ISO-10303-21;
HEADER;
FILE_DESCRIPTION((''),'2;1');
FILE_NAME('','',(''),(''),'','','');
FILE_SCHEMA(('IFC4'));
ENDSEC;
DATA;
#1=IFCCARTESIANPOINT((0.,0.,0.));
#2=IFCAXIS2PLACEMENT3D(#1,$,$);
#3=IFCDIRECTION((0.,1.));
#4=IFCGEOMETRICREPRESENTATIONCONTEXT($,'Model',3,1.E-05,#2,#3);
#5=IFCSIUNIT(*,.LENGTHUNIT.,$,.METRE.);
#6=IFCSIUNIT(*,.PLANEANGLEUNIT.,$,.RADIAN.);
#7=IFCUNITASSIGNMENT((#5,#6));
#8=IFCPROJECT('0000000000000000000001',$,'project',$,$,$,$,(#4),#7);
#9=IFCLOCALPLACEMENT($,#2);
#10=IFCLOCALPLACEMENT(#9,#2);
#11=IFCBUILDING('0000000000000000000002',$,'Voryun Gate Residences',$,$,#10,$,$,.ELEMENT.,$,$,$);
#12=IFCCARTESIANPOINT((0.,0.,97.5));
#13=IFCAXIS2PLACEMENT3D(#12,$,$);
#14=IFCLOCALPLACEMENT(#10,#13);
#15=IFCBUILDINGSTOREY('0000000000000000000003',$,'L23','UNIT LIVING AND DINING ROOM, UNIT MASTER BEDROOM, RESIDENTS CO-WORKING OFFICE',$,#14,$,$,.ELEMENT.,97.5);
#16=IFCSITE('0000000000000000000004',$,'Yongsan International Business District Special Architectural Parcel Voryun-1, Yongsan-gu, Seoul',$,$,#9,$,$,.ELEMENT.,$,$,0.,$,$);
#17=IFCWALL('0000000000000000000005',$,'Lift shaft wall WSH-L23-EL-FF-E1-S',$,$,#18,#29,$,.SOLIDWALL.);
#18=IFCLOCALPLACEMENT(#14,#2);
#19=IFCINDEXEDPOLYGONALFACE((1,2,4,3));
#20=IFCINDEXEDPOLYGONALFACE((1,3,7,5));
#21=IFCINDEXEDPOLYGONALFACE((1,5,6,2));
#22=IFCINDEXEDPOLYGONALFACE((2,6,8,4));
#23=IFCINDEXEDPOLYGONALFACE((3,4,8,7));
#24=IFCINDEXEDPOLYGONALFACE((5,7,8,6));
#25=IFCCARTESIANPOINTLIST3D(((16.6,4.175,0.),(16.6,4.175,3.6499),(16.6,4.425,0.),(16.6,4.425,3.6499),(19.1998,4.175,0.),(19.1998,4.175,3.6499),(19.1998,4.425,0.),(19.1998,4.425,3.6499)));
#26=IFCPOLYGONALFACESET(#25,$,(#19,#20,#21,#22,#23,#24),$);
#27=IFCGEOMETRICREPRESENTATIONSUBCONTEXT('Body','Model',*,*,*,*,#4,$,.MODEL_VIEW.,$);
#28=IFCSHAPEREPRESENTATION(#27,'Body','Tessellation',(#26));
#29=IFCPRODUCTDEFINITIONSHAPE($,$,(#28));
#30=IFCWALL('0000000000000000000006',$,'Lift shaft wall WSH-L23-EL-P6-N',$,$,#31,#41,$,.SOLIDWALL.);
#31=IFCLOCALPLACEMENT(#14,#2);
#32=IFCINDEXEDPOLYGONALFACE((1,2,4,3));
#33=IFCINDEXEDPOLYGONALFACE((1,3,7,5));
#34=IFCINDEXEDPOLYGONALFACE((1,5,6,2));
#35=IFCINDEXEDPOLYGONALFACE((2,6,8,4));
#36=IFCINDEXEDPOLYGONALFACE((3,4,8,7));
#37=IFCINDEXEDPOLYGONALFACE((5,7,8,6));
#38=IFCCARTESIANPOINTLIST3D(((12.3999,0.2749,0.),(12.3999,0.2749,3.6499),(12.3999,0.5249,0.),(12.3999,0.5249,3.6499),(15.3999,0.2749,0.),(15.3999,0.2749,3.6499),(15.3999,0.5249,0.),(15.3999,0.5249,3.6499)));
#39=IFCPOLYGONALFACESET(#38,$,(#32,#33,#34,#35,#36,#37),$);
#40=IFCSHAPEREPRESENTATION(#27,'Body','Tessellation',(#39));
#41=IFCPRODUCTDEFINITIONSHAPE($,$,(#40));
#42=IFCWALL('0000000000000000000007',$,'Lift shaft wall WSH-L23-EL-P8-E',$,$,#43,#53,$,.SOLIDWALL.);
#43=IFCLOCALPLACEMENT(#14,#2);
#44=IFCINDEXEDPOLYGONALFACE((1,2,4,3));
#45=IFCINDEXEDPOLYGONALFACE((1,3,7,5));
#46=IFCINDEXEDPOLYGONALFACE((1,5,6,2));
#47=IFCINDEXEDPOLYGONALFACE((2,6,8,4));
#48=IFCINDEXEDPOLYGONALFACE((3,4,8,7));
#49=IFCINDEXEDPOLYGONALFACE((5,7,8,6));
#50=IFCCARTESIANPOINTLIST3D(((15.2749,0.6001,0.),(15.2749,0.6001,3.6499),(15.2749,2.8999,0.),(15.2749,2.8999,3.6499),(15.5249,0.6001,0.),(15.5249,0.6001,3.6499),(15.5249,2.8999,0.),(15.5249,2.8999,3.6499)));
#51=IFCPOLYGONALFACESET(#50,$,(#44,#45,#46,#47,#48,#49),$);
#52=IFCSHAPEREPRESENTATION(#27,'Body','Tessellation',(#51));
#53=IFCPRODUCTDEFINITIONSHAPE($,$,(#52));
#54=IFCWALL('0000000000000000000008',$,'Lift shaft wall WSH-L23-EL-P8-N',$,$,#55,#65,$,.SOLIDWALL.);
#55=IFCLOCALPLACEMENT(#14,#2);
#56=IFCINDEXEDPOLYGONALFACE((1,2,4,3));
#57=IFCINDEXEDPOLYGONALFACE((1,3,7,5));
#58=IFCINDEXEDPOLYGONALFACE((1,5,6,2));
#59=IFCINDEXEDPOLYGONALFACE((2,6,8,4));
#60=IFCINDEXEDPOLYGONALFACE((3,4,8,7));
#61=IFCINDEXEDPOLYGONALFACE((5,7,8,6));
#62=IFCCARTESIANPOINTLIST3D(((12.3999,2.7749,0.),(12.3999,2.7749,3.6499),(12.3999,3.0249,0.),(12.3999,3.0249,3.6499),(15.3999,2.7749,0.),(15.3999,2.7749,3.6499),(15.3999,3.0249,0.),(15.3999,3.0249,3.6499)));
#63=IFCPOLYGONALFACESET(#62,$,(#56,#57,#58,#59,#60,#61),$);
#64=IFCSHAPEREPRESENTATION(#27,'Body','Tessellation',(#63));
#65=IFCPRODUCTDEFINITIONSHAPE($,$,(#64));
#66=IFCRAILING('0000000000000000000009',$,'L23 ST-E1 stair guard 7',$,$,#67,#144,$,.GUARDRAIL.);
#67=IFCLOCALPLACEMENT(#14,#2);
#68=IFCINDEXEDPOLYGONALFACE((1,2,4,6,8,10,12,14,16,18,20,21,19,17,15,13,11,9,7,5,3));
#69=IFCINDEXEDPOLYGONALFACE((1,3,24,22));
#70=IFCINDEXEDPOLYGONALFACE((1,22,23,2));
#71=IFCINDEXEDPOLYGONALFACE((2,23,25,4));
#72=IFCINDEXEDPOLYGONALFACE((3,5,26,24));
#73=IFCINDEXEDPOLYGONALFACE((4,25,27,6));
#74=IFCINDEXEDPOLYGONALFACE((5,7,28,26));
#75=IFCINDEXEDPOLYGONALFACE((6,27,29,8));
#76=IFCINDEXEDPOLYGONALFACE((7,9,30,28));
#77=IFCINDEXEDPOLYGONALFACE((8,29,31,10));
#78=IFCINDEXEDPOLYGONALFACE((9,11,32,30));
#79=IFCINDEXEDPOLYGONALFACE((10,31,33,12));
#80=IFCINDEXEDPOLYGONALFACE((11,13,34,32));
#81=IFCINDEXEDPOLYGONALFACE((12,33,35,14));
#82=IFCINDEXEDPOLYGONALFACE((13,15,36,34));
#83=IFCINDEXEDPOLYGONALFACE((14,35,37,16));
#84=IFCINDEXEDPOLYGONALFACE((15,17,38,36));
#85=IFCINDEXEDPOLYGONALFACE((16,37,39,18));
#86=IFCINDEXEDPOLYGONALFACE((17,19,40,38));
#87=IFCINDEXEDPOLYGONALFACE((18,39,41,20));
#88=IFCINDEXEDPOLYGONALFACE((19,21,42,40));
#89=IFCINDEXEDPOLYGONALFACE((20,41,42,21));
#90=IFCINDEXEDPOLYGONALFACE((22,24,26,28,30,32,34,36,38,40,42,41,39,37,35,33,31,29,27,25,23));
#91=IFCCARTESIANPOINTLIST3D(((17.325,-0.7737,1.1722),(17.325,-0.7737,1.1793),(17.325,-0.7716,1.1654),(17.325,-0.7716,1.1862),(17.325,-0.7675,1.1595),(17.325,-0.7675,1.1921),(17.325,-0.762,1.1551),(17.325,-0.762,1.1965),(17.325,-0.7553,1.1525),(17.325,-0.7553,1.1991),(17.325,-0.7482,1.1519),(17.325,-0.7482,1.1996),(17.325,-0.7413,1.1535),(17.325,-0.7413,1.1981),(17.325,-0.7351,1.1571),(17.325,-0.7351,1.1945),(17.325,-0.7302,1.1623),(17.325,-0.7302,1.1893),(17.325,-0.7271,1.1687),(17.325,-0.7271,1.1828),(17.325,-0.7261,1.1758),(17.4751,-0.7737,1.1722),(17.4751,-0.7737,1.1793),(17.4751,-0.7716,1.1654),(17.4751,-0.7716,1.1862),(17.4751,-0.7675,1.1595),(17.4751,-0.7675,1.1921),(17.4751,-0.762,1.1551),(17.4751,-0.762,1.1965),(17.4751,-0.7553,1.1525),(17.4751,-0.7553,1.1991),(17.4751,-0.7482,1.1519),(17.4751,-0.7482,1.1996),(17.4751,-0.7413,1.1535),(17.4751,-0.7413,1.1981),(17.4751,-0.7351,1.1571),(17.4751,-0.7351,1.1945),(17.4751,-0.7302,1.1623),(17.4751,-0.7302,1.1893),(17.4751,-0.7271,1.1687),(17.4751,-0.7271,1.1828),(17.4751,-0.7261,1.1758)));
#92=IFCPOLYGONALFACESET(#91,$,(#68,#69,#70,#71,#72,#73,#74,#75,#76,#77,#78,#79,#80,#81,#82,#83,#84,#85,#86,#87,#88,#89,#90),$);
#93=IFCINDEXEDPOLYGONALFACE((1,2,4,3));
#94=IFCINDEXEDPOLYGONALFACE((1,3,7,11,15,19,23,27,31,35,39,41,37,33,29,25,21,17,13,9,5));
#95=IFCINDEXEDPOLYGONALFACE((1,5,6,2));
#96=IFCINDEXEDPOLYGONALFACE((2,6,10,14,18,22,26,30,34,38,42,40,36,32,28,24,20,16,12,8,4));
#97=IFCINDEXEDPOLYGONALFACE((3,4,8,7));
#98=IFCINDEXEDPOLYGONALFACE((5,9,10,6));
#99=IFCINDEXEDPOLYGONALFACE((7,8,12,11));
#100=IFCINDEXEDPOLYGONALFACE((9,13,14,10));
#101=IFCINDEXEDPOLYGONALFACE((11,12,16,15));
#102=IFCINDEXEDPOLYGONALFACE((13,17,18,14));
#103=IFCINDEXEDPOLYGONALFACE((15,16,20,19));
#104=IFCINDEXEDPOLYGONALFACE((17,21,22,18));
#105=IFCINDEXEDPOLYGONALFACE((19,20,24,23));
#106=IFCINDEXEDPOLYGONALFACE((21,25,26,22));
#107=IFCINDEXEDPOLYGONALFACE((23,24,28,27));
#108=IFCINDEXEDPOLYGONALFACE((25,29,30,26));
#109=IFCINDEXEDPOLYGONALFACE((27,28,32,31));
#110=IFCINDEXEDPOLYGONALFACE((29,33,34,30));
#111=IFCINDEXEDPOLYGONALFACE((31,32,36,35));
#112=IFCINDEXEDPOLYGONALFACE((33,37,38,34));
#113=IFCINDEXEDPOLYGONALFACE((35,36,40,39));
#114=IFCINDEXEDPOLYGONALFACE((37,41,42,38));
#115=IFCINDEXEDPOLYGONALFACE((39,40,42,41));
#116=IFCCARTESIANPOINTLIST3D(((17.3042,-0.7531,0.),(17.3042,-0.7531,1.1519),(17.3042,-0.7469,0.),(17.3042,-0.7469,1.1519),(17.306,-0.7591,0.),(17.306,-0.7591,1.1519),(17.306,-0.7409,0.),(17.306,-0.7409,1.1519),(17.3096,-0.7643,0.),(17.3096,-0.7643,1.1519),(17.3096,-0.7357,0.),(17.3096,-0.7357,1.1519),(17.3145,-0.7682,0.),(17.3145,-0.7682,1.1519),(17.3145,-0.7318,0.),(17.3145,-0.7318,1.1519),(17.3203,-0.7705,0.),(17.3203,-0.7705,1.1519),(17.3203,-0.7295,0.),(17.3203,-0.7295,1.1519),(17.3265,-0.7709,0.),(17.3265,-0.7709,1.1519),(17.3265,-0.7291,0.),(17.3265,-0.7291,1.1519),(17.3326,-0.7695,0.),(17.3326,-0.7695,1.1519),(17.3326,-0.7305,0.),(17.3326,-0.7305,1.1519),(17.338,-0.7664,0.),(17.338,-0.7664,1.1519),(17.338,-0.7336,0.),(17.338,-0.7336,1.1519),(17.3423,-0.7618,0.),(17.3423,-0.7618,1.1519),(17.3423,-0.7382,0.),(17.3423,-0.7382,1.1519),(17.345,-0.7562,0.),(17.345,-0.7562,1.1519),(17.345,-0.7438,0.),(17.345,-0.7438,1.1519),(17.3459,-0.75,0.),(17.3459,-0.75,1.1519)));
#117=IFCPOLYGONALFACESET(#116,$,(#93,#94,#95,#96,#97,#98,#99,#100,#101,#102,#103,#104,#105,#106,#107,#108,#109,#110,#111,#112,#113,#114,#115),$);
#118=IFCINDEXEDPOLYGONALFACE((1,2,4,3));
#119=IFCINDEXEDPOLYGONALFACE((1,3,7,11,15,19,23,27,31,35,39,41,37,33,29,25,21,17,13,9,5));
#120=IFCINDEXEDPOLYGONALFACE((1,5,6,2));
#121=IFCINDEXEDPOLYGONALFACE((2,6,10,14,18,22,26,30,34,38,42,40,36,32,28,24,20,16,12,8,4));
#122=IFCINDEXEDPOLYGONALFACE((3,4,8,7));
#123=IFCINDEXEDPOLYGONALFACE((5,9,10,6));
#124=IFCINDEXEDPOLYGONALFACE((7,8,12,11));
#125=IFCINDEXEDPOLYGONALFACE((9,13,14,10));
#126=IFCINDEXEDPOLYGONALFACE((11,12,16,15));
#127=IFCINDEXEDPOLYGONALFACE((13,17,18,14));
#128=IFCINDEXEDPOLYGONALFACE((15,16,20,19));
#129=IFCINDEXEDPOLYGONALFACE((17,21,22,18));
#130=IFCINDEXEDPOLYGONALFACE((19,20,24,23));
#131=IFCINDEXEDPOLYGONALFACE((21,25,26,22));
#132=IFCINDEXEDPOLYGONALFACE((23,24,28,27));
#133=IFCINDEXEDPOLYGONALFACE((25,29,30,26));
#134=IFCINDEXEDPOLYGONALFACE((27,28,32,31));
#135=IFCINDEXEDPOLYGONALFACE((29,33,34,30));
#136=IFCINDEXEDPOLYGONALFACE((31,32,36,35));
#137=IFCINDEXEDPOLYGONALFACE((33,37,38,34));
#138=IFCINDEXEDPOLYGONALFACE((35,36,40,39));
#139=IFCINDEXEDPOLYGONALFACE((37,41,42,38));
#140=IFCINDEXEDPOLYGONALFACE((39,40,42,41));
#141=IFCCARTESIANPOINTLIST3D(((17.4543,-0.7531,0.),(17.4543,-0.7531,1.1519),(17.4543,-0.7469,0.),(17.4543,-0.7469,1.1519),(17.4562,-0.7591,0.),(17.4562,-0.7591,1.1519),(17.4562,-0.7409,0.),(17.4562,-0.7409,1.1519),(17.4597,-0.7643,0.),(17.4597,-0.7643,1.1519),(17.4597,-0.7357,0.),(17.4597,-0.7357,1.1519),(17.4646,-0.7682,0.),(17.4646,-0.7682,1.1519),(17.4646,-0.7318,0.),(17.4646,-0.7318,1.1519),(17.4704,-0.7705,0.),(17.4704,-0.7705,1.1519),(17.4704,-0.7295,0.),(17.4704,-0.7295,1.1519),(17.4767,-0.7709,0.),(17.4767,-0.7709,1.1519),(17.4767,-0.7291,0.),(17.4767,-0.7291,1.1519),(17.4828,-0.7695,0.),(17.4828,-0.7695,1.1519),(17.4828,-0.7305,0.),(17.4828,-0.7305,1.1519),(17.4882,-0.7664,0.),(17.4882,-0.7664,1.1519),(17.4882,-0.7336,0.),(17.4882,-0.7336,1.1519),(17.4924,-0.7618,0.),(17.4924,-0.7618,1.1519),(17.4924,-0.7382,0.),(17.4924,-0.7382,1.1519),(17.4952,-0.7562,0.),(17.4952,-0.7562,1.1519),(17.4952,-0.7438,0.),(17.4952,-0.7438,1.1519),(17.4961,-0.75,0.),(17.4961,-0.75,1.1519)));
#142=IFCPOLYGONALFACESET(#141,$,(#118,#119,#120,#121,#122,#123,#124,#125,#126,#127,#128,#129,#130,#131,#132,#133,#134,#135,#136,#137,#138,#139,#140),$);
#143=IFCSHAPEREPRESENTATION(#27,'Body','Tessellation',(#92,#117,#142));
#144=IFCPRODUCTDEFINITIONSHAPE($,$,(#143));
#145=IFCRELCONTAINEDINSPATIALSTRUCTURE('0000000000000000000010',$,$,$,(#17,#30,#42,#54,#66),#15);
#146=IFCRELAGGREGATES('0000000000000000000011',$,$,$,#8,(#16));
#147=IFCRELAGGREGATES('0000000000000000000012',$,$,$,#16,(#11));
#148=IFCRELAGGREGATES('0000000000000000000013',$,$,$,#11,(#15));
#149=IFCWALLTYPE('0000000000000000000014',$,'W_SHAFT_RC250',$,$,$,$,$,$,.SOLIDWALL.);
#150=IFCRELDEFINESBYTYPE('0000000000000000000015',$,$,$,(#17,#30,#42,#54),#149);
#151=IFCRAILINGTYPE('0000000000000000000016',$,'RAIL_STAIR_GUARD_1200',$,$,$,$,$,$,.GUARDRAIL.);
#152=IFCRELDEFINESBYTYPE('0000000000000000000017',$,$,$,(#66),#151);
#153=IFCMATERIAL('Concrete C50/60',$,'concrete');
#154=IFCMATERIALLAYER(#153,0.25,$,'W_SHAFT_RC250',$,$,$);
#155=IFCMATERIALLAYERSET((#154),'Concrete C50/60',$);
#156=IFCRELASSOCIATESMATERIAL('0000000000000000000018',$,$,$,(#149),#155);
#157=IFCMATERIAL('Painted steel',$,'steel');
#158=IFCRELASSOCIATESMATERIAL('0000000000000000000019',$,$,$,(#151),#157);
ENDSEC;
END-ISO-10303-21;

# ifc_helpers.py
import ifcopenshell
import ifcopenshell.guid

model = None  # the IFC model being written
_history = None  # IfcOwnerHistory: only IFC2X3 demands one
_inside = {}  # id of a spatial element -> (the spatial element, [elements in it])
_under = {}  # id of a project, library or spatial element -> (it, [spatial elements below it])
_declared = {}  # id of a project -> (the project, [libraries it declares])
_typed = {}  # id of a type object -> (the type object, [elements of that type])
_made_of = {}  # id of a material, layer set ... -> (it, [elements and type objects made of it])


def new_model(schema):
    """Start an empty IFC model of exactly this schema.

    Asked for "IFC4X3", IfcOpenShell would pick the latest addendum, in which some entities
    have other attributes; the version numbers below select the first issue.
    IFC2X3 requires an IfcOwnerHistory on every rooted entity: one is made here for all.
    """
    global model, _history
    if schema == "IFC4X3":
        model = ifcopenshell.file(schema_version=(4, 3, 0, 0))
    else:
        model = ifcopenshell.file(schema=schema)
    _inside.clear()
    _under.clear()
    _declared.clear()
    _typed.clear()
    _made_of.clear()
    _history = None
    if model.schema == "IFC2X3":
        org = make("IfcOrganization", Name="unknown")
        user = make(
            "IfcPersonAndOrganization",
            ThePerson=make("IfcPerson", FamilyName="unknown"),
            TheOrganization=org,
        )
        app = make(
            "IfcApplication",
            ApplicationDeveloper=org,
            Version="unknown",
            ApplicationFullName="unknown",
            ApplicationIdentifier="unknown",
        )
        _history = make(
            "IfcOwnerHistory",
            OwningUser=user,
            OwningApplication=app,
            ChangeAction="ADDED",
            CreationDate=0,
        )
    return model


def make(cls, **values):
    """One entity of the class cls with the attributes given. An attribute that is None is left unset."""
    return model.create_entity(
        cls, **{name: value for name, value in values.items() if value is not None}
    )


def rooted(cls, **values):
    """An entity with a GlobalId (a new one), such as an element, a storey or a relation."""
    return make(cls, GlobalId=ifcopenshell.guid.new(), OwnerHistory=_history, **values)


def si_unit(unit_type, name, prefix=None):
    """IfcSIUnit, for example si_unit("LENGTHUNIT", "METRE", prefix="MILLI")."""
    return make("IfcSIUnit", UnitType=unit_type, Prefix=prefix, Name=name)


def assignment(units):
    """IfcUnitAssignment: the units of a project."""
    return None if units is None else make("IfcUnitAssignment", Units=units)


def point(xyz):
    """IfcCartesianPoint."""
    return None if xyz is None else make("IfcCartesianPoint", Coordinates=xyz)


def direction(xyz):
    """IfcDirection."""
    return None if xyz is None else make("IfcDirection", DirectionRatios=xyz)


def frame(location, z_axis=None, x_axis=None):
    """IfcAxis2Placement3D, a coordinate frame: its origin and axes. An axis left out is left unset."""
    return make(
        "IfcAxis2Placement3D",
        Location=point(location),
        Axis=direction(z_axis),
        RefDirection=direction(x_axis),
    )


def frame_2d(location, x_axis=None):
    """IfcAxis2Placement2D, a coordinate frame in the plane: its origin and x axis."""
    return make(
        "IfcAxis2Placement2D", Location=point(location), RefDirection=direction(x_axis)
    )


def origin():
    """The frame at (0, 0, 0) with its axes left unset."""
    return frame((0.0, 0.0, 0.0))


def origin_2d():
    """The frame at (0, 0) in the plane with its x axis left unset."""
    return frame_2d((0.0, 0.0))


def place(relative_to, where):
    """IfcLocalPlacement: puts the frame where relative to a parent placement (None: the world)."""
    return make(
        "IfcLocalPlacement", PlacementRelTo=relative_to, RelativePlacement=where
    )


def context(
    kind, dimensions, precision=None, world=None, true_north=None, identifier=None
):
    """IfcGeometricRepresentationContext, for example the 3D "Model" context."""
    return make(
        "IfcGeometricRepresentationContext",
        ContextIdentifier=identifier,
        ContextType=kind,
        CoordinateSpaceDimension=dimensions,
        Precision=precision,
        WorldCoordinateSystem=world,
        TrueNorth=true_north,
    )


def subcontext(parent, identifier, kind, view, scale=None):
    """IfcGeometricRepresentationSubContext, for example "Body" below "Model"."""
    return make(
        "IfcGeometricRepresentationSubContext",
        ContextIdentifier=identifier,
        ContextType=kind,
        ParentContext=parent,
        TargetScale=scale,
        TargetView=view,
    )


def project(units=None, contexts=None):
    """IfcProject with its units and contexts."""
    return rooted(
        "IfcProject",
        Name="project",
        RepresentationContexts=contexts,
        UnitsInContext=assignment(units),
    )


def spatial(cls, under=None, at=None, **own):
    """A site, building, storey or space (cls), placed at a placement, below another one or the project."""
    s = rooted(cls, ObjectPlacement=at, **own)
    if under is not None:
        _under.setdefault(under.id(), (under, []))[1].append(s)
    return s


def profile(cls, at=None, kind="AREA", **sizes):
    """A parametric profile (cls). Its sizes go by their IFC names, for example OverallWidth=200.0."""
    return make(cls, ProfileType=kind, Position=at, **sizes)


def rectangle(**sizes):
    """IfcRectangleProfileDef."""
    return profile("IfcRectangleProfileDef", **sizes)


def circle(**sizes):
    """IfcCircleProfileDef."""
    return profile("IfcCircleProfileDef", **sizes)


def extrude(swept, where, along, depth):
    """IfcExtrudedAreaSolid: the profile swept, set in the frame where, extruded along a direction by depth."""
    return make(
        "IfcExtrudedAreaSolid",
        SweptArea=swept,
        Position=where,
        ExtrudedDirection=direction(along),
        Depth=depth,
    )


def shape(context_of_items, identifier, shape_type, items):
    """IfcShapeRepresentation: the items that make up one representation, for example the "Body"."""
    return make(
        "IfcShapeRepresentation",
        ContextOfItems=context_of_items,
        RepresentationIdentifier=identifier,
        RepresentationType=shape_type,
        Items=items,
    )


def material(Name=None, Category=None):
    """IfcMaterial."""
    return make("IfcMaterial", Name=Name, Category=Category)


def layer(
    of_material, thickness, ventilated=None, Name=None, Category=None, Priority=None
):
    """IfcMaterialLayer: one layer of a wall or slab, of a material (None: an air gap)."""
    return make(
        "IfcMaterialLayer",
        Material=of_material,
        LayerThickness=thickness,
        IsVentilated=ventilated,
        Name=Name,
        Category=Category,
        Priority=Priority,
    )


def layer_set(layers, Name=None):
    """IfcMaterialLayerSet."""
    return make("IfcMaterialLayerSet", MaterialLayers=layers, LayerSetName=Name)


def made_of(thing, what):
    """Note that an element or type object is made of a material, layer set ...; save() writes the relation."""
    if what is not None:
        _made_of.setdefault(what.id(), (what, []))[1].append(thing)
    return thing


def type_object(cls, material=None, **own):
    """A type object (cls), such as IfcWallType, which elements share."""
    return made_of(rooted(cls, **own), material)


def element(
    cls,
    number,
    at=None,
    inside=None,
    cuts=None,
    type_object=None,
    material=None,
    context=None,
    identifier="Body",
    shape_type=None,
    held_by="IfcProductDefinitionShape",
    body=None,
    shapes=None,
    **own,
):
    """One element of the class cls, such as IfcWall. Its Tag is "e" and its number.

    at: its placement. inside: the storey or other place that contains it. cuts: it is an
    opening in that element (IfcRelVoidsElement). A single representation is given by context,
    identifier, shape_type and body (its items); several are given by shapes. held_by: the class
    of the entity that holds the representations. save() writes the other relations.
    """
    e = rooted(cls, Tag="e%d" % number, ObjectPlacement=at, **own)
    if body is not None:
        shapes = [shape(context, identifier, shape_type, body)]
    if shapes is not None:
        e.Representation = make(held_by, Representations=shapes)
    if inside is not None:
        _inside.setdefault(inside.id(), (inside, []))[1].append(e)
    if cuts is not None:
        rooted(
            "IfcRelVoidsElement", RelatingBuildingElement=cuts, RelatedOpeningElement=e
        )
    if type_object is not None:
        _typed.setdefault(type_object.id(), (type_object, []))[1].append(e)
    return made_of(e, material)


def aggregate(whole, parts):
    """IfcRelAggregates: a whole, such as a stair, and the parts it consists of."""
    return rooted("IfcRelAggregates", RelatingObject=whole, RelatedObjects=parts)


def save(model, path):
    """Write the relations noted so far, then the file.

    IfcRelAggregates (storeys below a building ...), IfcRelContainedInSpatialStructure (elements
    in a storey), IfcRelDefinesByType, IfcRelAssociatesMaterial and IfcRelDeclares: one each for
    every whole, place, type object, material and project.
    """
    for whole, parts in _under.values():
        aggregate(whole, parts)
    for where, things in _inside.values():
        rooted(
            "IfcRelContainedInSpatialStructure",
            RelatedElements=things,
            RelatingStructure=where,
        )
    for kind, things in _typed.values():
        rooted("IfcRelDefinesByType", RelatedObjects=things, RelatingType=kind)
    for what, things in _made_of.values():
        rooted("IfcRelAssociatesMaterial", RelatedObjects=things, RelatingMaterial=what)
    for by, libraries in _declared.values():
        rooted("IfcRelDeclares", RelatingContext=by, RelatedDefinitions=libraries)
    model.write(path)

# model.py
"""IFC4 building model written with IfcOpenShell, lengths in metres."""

from ifc_helpers import new_model, si_unit, direction, frame, frame_2d, origin, origin_2d, place, context, subcontext, project, spatial, rectangle, circle, extrude, material, layer, layer_set, type_object, element, save


model = new_model("IFC4")

# Units and contexts
model_context = context("Model", 3, precision=1e-05, world=origin(), true_north=direction((0.0, 1.0)))
body_context = subcontext(model_context, "Body", "Model", "MODEL_VIEW")
ifc_project = project(units=[si_unit("LENGTHUNIT", "METRE"), si_unit("PLANEANGLEUNIT", "RADIAN")], contexts=[model_context])

# Site, building, storey
site_placement = place(None, origin())
site = spatial("IfcSite", under=ifc_project, at=site_placement, Name="Yongsan International Business District Special Architectural Parcel Voryun-1, Yongsan-gu, Seoul", CompositionType="ELEMENT", RefElevation=0.0)
building_placement = place(site_placement, origin())
building = spatial("IfcBuilding", under=site, at=building_placement, Name="Voryun Gate Residences", CompositionType="ELEMENT")
storey_placement = place(building_placement, frame((0.0, 0.0, 97.5)))
storey = spatial("IfcBuildingStorey", under=building, at=storey_placement, Name="L23", Description="UNIT LIVING AND DINING ROOM, UNIT MASTER BEDROOM, RESIDENTS CO-WORKING OFFICE", CompositionType="ELEMENT", Elevation=97.5)

# Walls
ifc_material_1 = material(Name="Concrete C50/60", Category="concrete")
ifc_layer_1 = layer(ifc_material_1, 0.25, Name="W_SHAFT_RC250")
ifc_layer_set_1 = layer_set([ifc_layer_1], Name="Concrete C50/60")
wall_type_1 = type_object("IfcWallType", Name="W_SHAFT_RC250", PredefinedType="SOLIDWALL", material=ifc_layer_set_1)
wall_1_placement = place(storey_placement, frame((16.6001, 4.3, 0.0), z_axis=(0.0, 0.0, 1.0), x_axis=(1.0, 0.0, 0.0)))
element("IfcWall", 1, at=wall_1_placement, inside=storey, type_object=wall_type_1, Name="Lift shaft wall WSH-L23-EL-FF-E1-S", PredefinedType="SOLIDWALL", context=body_context, shape_type="SweptSolid", body=[
    extrude(rectangle(XDim=2.5999, YDim=0.25, at=frame_2d((1.2998, 0.0))), origin(), (0.0, 0.0, 1.0), 3.6499),
])
wall_2_placement = place(storey_placement, frame((15.3999, 0.3999, 0.0), z_axis=(0.0, 0.0, 1.0), x_axis=(-1.0, 0.0, 0.0)))
element("IfcWall", 2, at=wall_2_placement, inside=storey, type_object=wall_type_1, Name="Lift shaft wall WSH-L23-EL-P6-N", PredefinedType="SOLIDWALL", context=body_context, shape_type="SweptSolid", body=[
    extrude(rectangle(XDim=3.0, YDim=0.25, at=frame_2d((1.5, 0.0))), origin(), (0.0, 0.0, 1.0), 3.6499),
])
wall_3_placement = place(storey_placement, frame((15.3999, 0.6001, 0.0), z_axis=(0.0, 0.0, 1.0), x_axis=(0.0, 1.0, 0.0)))
element("IfcWall", 3, at=wall_3_placement, inside=storey, type_object=wall_type_1, Name="Lift shaft wall WSH-L23-EL-P8-E", PredefinedType="SOLIDWALL", context=body_context, shape_type="SweptSolid", body=[
    extrude(rectangle(XDim=2.2998, YDim=0.25, at=frame_2d((1.1499, 0.0))), origin(), (0.0, 0.0, 1.0), 3.6499),
])
wall_4_placement = place(storey_placement, frame((15.3999, 2.8999, 0.0), z_axis=(0.0, 0.0, 1.0), x_axis=(-1.0, 0.0, 0.0)))
element("IfcWall", 4, at=wall_4_placement, inside=storey, type_object=wall_type_1, Name="Lift shaft wall WSH-L23-EL-P8-N", PredefinedType="SOLIDWALL", context=body_context, shape_type="SweptSolid", body=[
    extrude(rectangle(XDim=3.0, YDim=0.25, at=frame_2d((1.5, 0.0))), origin(), (0.0, 0.0, 1.0), 3.6499),
])

# Railing
ifc_material_2 = material(Name="Painted steel", Category="steel")
railing_type = type_object("IfcRailingType", Name="RAIL_STAIR_GUARD_1200", PredefinedType="GUARDRAIL", material=ifc_material_2)
railing_1_placement = place(storey_placement, frame((17.325, -0.75, 0.0)))
element("IfcRailing", 5, at=railing_1_placement, inside=storey, type_object=railing_type, Name="L23 ST-E1 stair guard 7", PredefinedType="GUARDRAIL", context=body_context, shape_type="SweptSolid", body=[
    extrude(circle(Radius=0.0239, at=origin_2d()), frame((0.0, 0.0, 1.1758), z_axis=(1.0, 0.0, 0.0), x_axis=(0.0, 1.0, 0.0)), (0.0, 0.0, 1.0), 0.1501),
    extrude(circle(Radius=0.021, at=origin_2d()), origin(), (0.0, 0.0, 1.0), 1.1519),
    extrude(circle(Radius=0.021, at=origin_2d()), frame((0.1501, 0.0, 0.0)), (0.0, 0.0, 1.0), 1.1519),
])

save(model, "model.ifc")
